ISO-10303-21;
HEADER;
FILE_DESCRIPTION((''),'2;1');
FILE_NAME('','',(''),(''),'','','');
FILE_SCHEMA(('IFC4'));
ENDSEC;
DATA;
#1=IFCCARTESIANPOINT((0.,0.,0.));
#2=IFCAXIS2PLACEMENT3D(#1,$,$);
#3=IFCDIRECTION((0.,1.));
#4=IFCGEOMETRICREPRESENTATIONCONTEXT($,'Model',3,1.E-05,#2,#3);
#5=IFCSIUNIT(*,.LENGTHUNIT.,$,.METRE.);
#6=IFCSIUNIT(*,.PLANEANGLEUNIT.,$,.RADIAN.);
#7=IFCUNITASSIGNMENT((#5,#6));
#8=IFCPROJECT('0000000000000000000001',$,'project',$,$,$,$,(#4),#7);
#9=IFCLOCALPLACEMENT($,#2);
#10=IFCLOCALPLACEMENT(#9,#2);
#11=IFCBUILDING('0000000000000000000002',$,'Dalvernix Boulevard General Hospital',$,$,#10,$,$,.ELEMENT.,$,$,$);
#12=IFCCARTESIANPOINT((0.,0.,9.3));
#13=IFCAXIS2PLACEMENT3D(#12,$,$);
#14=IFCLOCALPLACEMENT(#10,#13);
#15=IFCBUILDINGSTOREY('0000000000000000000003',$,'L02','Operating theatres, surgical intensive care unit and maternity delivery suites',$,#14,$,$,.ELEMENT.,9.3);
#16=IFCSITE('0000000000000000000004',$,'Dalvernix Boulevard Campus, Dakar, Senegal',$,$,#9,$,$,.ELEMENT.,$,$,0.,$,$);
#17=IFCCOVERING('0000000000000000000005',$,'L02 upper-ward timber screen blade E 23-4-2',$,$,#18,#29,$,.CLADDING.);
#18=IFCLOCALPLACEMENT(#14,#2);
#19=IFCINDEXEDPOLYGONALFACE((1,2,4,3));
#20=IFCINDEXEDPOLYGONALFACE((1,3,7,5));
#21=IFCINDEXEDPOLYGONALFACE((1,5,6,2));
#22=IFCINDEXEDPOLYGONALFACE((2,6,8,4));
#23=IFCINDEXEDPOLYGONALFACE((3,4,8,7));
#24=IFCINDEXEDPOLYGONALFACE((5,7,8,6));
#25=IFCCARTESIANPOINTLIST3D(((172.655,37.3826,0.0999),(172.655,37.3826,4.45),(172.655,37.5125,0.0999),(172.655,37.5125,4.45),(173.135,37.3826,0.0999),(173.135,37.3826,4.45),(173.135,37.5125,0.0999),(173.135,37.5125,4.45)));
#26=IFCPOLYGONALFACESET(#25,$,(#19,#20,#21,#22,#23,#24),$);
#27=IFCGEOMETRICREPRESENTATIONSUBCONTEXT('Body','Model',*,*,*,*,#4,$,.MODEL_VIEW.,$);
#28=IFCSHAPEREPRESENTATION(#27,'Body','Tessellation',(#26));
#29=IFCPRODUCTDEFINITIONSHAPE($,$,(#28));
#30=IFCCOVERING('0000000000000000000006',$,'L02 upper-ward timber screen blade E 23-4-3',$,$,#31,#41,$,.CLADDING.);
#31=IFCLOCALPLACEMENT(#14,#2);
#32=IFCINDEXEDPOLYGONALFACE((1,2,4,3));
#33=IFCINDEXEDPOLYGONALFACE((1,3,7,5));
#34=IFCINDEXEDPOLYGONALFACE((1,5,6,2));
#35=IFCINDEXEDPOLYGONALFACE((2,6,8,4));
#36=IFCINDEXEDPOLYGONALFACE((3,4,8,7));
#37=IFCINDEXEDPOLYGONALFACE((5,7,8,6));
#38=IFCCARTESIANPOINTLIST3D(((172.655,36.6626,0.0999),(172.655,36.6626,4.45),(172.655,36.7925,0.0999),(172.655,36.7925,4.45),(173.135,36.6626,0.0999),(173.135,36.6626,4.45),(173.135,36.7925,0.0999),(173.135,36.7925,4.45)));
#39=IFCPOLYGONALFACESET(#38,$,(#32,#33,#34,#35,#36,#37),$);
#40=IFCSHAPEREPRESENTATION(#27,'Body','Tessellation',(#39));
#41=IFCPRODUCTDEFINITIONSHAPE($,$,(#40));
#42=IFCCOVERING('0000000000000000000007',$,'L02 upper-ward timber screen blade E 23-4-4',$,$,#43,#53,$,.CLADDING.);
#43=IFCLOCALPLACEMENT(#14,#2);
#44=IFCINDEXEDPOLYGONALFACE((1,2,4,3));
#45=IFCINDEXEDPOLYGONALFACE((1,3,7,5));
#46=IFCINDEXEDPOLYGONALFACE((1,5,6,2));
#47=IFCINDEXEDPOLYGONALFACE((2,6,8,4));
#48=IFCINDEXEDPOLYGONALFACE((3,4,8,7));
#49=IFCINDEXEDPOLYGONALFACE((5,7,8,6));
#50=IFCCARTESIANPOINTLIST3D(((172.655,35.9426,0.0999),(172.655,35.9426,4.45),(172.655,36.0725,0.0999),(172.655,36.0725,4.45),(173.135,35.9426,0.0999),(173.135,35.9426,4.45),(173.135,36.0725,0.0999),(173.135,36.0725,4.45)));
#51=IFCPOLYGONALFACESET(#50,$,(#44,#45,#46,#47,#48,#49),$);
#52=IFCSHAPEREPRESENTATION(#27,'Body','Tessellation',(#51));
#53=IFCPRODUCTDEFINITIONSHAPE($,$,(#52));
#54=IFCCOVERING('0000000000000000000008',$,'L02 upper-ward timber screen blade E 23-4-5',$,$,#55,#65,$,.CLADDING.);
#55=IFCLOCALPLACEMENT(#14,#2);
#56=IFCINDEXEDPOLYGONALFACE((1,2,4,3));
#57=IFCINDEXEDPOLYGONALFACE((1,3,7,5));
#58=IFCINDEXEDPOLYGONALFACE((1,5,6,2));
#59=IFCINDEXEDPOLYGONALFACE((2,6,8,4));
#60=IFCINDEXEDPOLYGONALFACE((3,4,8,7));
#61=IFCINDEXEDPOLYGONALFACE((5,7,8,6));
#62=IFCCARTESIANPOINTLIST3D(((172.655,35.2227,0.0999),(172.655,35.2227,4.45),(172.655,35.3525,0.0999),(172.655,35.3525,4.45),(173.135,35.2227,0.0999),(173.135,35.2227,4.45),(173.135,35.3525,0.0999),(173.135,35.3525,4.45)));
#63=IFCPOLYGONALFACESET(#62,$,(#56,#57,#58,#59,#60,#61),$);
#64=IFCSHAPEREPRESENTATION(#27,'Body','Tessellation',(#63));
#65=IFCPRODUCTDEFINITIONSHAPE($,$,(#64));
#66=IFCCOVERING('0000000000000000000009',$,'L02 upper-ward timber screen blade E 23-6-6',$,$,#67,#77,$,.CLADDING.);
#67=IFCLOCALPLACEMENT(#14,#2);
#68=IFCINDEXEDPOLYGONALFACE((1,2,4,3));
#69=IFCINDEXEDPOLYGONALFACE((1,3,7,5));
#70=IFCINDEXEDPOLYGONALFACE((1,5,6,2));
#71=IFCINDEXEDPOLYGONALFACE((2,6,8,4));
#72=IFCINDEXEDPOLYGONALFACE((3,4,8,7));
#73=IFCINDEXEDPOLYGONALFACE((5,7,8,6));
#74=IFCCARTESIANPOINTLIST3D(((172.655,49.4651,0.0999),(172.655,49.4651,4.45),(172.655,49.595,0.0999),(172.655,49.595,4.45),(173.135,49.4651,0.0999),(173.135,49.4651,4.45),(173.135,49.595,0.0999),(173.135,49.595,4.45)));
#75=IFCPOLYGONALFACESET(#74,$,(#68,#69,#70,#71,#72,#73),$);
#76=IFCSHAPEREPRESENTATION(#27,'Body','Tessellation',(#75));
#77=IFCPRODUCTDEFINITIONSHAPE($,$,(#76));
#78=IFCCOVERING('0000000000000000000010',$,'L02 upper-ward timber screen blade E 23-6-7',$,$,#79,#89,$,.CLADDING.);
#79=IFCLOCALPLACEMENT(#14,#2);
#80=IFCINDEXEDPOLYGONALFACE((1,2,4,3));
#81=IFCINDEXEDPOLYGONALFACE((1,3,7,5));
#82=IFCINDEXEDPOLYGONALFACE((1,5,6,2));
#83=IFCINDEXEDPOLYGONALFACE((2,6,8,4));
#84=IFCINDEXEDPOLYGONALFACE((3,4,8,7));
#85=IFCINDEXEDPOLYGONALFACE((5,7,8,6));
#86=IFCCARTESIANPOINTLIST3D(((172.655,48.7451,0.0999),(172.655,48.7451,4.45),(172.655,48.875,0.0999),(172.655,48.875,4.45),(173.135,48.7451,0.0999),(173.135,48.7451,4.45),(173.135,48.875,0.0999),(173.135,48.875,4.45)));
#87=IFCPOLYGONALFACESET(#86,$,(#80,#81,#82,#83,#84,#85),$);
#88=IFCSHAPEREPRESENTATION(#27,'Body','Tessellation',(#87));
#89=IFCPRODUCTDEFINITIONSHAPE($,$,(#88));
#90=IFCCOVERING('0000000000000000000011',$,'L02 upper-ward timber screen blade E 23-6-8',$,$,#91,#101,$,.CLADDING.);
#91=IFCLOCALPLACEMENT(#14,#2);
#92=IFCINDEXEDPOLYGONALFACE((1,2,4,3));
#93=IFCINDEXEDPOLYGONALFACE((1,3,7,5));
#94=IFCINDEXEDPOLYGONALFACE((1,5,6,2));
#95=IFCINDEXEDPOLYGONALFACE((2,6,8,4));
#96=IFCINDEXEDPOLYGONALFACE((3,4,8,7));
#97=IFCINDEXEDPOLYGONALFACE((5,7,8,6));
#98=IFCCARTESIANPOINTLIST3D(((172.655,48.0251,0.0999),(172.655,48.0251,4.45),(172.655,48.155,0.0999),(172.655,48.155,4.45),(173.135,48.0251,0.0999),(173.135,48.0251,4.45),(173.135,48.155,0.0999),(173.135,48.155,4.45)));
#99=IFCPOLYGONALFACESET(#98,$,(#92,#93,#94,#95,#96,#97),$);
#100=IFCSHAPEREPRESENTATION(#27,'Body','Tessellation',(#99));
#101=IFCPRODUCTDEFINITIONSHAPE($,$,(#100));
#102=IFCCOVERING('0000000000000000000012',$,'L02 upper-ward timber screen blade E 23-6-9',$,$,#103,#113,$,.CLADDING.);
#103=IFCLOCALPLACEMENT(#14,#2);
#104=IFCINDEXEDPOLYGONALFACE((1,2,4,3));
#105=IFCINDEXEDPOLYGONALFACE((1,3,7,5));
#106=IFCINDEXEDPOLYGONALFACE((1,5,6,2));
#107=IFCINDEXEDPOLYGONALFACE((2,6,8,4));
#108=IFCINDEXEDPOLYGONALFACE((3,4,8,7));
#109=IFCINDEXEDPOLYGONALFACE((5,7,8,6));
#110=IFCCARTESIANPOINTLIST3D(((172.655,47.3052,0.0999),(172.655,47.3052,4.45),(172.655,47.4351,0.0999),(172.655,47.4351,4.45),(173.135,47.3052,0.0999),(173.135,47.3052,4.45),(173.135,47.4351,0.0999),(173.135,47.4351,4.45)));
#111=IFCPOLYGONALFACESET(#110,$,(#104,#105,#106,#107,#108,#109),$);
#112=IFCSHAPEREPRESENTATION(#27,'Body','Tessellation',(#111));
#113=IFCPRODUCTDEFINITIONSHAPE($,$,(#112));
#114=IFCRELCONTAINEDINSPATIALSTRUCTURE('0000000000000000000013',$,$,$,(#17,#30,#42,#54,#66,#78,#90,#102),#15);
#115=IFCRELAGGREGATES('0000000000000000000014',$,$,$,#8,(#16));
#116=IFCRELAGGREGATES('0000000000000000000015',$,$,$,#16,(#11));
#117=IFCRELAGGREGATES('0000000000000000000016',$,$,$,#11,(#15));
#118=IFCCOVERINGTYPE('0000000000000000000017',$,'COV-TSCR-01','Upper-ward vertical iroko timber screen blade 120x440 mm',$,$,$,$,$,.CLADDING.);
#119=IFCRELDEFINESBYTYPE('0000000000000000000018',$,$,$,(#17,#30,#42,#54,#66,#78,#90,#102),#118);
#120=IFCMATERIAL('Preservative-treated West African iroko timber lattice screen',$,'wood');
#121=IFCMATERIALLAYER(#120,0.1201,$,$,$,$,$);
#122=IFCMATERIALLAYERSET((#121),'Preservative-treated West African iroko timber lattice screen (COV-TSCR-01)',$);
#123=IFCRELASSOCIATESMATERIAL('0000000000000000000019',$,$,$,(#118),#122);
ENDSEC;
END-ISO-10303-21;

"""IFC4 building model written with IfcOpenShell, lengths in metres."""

from ifc_helpers import new_model, si_unit, direction, frame, origin, origin_2d, place, context, subcontext, project, spatial, rectangle, extrude, material, layer, layer_set, type_object, element, save


model = new_model("IFC4")

# Units and contexts
model_context = context("Model", 3, precision=1e-05, world=origin(), true_north=direction((0.0, 1.0)))
body_context = subcontext(model_context, "Body", "Model", "MODEL_VIEW")
ifc_project = project(units=[si_unit("LENGTHUNIT", "METRE"), si_unit("PLANEANGLEUNIT", "RADIAN")], contexts=[model_context])

# Site, building, storey
site_placement = place(None, origin())
site = spatial("IfcSite", under=ifc_project, at=site_placement, Name="Dalvernix Boulevard Campus, Dakar, Senegal", CompositionType="ELEMENT", RefElevation=0.0)
building_placement = place(site_placement, origin())
building = spatial("IfcBuilding", under=site, at=building_placement, Name="Dalvernix Boulevard General Hospital", CompositionType="ELEMENT")
storey_placement = place(building_placement, frame((0.0, 0.0, 9.3)))
storey = spatial("IfcBuildingStorey", under=building, at=storey_placement, Name="L02", Description="Operating theatres, surgical intensive care unit and maternity delivery suites", CompositionType="ELEMENT", Elevation=9.3)

# Coverings
ifc_material_1 = material(Name="Preservative-treated West African iroko timber lattice screen", Category="wood")
ifc_layer_1 = layer(ifc_material_1, 0.1201)
ifc_layer_set_1 = layer_set([ifc_layer_1], Name="Preservative-treated West African iroko timber lattice screen (COV-TSCR-01)")
covering_type_1 = type_object("IfcCoveringType", Name="COV-TSCR-01", Description="Upper-ward vertical iroko timber screen blade 120x440 mm", PredefinedType="CLADDING", material=ifc_layer_set_1)
for number, where, z_axis, x_axis, name in (
    (1, (172.895, 37.4475, 0.0999), (0.0, 0.0, 1.0), (0.0, -1.0, 0.0), "L02 upper-ward timber screen blade E 23-4-2"),
    (2, (172.895, 36.7275, 0.0999), (0.0, 0.0, 1.0), (0.0, -1.0, 0.0), "L02 upper-ward timber screen blade E 23-4-3"),
    (3, (172.895, 36.0076, 0.0999), (0.0, 0.0, 1.0), (0.0, -1.0, 0.0), "L02 upper-ward timber screen blade E 23-4-4"),
    (4, (172.895, 35.2876, 0.0999), (0.0, 0.0, 1.0), (0.0, -1.0, 0.0), "L02 upper-ward timber screen blade E 23-4-5"),
    (5, (172.895, 49.53, 0.0999), (0.0, 0.0, 1.0), (0.0, -1.0, 0.0), "L02 upper-ward timber screen blade E 23-6-6"),
    (6, (172.895, 48.8101, 0.0999), (0.0, 0.0, 1.0), (0.0, -1.0, 0.0), "L02 upper-ward timber screen blade E 23-6-7"),
    (7, (172.895, 48.0901, 0.0999), (0.0, 0.0, 1.0), (0.0, -1.0, 0.0), "L02 upper-ward timber screen blade E 23-6-8"),
    (8, (172.895, 47.3701, 0.0999), (0.0, 0.0, 1.0), (0.0, -1.0, 0.0), "L02 upper-ward timber screen blade E 23-6-9"),
):
    element("IfcCovering", number, at=place(storey_placement, frame(where, z_axis=z_axis, x_axis=x_axis)), inside=storey, type_object=covering_type_1, Name=name, PredefinedType="CLADDING", context=body_context, shape_type="SweptSolid", body=[
        extrude(rectangle(XDim=0.1299, YDim=0.48, at=origin_2d()), origin(), (0.0, 0.0, 1.0), 4.3501),
    ])

save(model, "model.ifc")
